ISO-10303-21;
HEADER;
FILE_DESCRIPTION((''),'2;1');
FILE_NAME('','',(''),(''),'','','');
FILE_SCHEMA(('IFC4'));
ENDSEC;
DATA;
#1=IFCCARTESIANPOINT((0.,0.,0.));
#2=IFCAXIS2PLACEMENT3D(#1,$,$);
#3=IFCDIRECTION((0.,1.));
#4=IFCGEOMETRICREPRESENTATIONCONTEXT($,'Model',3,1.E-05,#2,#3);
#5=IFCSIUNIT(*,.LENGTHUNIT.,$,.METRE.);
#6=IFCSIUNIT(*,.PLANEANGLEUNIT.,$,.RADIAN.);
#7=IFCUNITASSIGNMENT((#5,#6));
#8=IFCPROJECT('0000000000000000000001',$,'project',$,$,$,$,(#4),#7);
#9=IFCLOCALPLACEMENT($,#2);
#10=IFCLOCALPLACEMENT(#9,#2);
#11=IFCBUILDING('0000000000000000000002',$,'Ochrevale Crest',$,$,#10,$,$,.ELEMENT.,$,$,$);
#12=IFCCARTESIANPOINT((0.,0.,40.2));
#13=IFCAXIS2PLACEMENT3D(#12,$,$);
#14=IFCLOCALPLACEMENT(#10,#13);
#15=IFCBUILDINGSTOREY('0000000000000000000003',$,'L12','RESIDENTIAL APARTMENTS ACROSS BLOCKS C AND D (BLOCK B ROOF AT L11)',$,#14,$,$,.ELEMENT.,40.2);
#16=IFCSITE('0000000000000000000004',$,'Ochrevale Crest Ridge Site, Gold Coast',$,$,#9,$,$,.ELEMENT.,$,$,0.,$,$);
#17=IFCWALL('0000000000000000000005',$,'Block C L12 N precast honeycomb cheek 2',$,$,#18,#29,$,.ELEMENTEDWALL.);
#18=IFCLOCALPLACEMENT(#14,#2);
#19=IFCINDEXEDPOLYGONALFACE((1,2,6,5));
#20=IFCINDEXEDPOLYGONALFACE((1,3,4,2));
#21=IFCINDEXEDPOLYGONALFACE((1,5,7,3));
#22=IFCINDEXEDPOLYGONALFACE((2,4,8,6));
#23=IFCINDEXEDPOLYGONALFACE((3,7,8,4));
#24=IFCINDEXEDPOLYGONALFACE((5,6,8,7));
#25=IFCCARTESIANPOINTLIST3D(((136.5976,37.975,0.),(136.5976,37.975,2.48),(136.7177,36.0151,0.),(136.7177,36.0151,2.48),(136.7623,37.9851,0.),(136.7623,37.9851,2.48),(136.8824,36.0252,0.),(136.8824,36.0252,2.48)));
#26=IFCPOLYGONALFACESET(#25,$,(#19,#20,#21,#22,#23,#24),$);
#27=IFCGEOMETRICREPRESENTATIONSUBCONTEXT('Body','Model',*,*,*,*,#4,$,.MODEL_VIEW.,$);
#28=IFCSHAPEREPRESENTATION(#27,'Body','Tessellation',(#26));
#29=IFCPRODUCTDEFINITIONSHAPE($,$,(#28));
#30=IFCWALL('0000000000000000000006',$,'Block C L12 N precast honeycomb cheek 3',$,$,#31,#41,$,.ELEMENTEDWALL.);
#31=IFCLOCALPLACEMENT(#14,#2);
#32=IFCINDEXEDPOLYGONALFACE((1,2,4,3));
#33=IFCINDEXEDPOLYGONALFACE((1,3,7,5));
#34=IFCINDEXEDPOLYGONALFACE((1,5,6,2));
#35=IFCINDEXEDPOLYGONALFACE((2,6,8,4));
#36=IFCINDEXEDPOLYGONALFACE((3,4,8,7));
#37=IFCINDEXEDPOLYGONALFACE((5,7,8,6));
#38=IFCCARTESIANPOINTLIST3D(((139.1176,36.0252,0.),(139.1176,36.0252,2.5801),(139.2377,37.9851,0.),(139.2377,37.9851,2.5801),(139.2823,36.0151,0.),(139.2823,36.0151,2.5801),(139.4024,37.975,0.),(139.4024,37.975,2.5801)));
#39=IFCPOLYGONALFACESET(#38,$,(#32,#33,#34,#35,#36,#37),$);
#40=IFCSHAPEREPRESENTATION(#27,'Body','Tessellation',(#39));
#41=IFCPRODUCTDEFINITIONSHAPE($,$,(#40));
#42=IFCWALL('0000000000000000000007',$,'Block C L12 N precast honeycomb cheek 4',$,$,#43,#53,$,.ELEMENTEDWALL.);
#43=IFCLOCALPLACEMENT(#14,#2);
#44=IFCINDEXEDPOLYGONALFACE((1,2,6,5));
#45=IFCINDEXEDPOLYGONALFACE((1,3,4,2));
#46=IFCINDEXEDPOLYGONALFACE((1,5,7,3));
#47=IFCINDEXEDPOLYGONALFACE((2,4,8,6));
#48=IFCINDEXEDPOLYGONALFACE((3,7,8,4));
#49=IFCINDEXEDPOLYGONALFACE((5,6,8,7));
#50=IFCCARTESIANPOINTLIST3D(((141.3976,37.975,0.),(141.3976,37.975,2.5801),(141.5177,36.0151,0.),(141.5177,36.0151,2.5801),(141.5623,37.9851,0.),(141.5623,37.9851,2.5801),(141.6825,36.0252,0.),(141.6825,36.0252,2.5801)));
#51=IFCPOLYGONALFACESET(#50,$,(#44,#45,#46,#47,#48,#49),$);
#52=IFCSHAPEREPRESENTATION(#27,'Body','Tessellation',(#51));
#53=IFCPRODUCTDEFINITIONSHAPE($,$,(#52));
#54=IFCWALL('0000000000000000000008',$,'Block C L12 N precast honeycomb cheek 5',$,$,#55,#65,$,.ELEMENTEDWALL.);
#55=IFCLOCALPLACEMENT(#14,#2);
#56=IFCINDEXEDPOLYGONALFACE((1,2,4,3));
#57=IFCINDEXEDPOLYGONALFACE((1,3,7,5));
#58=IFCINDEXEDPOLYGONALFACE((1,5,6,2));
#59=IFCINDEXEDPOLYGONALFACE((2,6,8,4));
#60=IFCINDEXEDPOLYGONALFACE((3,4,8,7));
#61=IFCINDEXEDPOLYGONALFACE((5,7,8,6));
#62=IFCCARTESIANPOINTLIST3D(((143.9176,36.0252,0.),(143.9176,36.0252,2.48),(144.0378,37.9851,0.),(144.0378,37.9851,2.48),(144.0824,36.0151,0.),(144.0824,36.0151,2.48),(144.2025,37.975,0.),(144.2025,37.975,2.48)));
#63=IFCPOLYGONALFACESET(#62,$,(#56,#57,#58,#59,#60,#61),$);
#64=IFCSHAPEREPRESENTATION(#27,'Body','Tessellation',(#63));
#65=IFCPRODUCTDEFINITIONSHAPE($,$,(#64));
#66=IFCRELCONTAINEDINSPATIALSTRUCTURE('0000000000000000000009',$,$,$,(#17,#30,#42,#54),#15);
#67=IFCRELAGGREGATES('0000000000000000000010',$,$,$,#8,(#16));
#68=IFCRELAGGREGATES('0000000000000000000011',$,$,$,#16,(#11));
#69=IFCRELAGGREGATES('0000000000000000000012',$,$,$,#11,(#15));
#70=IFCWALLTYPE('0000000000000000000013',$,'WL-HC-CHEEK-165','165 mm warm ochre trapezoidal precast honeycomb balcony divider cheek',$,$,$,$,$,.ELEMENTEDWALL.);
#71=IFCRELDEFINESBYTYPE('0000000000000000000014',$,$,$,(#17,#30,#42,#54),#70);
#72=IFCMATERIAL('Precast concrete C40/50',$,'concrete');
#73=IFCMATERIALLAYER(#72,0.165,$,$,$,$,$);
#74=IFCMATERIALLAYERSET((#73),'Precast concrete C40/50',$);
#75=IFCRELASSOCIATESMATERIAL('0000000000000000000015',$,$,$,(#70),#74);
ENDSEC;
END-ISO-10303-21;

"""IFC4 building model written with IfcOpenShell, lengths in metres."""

from ifc_helpers import new_model, si_unit, direction, frame, frame_2d, origin, place, context, subcontext, project, spatial, rectangle, extrude, material, layer, layer_set, type_object, element, save


model = new_model("IFC4")

# Units and contexts
model_context = context("Model", 3, precision=1e-05, world=origin(), true_north=direction((0.0, 1.0)))
body_context = subcontext(model_context, "Body", "Model", "MODEL_VIEW")
ifc_project = project(units=[si_unit("LENGTHUNIT", "METRE"), si_unit("PLANEANGLEUNIT", "RADIAN")], contexts=[model_context])

# Site, building, storey
site_placement = place(None, origin())
site = spatial("IfcSite", under=ifc_project, at=site_placement, Name="Ochrevale Crest Ridge Site, Gold Coast", CompositionType="ELEMENT", RefElevation=0.0)
building_placement = place(site_placement, origin())
building = spatial("IfcBuilding", under=site, at=building_placement, Name="Ochrevale Crest", CompositionType="ELEMENT")
storey_placement = place(building_placement, frame((0.0, 0.0, 40.2)))
storey = spatial("IfcBuildingStorey", under=building, at=storey_placement, Name="L12", Description="RESIDENTIAL APARTMENTS ACROSS BLOCKS C AND D (BLOCK B ROOF AT L11)", CompositionType="ELEMENT", Elevation=40.2)

# Shared definitions
ifc_material_1 = material(Name="Precast concrete C40/50", Category="concrete")

# Walls
ifc_layer_1 = layer(ifc_material_1, 0.165)
ifc_layer_set_1 = layer_set([ifc_layer_1], Name="Precast concrete C40/50")
wall_type_1 = type_object("IfcWallType", Name="WL-HC-CHEEK-165", Description="165 mm warm ochre trapezoidal precast honeycomb balcony divider cheek", PredefinedType="ELEMENTEDWALL", material=ifc_layer_set_1)
wall_1_placement = place(storey_placement, frame((136.8, 36.02, 0.0), z_axis=(0.0, 0.0, 1.0), x_axis=(-0.061171, 0.998127, 0.0)))
element("IfcWall", 1, at=wall_1_placement, inside=storey, type_object=wall_type_1, Name="Block C L12 N precast honeycomb cheek 2", PredefinedType="ELEMENTEDWALL", context=body_context, shape_type="SweptSolid", body=[
    extrude(rectangle(XDim=1.9636, YDim=0.165, at=frame_2d((0.9819, 0.0))), origin(), (0.0, 0.0, 1.0), 2.48),
])
for number, where, z_axis, x_axis, name in (
    (2, (139.2, 36.02, 0.0), (0.0, 0.0, 1.0), (0.061171, 0.998127, 0.0), "Block C L12 N precast honeycomb cheek 3"),
    (3, (141.6001, 36.02, 0.0), (0.0, 0.0, 1.0), (-0.061171, 0.998127, 0.0), "Block C L12 N precast honeycomb cheek 4"),
):
    element("IfcWall", number, at=place(storey_placement, frame(where, z_axis=z_axis, x_axis=x_axis)), inside=storey, type_object=wall_type_1, Name=name, PredefinedType="ELEMENTEDWALL", context=body_context, shape_type="SweptSolid", body=[
        extrude(rectangle(XDim=1.9636, YDim=0.165, at=frame_2d((0.9819, 0.0))), origin(), (0.0, 0.0, 1.0), 2.5801),
    ])
wall_2_placement = place(storey_placement, frame((144.0, 36.02, 0.0), z_axis=(0.0, 0.0, 1.0), x_axis=(0.061171, 0.998127, 0.0)))
element("IfcWall", 4, at=wall_2_placement, inside=storey, type_object=wall_type_1, Name="Block C L12 N precast honeycomb cheek 5", PredefinedType="ELEMENTEDWALL", context=body_context, shape_type="SweptSolid", body=[
    extrude(rectangle(XDim=1.9636, YDim=0.165, at=frame_2d((0.9819, 0.0))), origin(), (0.0, 0.0, 1.0), 2.48),
])

save(model, "model.ifc")
